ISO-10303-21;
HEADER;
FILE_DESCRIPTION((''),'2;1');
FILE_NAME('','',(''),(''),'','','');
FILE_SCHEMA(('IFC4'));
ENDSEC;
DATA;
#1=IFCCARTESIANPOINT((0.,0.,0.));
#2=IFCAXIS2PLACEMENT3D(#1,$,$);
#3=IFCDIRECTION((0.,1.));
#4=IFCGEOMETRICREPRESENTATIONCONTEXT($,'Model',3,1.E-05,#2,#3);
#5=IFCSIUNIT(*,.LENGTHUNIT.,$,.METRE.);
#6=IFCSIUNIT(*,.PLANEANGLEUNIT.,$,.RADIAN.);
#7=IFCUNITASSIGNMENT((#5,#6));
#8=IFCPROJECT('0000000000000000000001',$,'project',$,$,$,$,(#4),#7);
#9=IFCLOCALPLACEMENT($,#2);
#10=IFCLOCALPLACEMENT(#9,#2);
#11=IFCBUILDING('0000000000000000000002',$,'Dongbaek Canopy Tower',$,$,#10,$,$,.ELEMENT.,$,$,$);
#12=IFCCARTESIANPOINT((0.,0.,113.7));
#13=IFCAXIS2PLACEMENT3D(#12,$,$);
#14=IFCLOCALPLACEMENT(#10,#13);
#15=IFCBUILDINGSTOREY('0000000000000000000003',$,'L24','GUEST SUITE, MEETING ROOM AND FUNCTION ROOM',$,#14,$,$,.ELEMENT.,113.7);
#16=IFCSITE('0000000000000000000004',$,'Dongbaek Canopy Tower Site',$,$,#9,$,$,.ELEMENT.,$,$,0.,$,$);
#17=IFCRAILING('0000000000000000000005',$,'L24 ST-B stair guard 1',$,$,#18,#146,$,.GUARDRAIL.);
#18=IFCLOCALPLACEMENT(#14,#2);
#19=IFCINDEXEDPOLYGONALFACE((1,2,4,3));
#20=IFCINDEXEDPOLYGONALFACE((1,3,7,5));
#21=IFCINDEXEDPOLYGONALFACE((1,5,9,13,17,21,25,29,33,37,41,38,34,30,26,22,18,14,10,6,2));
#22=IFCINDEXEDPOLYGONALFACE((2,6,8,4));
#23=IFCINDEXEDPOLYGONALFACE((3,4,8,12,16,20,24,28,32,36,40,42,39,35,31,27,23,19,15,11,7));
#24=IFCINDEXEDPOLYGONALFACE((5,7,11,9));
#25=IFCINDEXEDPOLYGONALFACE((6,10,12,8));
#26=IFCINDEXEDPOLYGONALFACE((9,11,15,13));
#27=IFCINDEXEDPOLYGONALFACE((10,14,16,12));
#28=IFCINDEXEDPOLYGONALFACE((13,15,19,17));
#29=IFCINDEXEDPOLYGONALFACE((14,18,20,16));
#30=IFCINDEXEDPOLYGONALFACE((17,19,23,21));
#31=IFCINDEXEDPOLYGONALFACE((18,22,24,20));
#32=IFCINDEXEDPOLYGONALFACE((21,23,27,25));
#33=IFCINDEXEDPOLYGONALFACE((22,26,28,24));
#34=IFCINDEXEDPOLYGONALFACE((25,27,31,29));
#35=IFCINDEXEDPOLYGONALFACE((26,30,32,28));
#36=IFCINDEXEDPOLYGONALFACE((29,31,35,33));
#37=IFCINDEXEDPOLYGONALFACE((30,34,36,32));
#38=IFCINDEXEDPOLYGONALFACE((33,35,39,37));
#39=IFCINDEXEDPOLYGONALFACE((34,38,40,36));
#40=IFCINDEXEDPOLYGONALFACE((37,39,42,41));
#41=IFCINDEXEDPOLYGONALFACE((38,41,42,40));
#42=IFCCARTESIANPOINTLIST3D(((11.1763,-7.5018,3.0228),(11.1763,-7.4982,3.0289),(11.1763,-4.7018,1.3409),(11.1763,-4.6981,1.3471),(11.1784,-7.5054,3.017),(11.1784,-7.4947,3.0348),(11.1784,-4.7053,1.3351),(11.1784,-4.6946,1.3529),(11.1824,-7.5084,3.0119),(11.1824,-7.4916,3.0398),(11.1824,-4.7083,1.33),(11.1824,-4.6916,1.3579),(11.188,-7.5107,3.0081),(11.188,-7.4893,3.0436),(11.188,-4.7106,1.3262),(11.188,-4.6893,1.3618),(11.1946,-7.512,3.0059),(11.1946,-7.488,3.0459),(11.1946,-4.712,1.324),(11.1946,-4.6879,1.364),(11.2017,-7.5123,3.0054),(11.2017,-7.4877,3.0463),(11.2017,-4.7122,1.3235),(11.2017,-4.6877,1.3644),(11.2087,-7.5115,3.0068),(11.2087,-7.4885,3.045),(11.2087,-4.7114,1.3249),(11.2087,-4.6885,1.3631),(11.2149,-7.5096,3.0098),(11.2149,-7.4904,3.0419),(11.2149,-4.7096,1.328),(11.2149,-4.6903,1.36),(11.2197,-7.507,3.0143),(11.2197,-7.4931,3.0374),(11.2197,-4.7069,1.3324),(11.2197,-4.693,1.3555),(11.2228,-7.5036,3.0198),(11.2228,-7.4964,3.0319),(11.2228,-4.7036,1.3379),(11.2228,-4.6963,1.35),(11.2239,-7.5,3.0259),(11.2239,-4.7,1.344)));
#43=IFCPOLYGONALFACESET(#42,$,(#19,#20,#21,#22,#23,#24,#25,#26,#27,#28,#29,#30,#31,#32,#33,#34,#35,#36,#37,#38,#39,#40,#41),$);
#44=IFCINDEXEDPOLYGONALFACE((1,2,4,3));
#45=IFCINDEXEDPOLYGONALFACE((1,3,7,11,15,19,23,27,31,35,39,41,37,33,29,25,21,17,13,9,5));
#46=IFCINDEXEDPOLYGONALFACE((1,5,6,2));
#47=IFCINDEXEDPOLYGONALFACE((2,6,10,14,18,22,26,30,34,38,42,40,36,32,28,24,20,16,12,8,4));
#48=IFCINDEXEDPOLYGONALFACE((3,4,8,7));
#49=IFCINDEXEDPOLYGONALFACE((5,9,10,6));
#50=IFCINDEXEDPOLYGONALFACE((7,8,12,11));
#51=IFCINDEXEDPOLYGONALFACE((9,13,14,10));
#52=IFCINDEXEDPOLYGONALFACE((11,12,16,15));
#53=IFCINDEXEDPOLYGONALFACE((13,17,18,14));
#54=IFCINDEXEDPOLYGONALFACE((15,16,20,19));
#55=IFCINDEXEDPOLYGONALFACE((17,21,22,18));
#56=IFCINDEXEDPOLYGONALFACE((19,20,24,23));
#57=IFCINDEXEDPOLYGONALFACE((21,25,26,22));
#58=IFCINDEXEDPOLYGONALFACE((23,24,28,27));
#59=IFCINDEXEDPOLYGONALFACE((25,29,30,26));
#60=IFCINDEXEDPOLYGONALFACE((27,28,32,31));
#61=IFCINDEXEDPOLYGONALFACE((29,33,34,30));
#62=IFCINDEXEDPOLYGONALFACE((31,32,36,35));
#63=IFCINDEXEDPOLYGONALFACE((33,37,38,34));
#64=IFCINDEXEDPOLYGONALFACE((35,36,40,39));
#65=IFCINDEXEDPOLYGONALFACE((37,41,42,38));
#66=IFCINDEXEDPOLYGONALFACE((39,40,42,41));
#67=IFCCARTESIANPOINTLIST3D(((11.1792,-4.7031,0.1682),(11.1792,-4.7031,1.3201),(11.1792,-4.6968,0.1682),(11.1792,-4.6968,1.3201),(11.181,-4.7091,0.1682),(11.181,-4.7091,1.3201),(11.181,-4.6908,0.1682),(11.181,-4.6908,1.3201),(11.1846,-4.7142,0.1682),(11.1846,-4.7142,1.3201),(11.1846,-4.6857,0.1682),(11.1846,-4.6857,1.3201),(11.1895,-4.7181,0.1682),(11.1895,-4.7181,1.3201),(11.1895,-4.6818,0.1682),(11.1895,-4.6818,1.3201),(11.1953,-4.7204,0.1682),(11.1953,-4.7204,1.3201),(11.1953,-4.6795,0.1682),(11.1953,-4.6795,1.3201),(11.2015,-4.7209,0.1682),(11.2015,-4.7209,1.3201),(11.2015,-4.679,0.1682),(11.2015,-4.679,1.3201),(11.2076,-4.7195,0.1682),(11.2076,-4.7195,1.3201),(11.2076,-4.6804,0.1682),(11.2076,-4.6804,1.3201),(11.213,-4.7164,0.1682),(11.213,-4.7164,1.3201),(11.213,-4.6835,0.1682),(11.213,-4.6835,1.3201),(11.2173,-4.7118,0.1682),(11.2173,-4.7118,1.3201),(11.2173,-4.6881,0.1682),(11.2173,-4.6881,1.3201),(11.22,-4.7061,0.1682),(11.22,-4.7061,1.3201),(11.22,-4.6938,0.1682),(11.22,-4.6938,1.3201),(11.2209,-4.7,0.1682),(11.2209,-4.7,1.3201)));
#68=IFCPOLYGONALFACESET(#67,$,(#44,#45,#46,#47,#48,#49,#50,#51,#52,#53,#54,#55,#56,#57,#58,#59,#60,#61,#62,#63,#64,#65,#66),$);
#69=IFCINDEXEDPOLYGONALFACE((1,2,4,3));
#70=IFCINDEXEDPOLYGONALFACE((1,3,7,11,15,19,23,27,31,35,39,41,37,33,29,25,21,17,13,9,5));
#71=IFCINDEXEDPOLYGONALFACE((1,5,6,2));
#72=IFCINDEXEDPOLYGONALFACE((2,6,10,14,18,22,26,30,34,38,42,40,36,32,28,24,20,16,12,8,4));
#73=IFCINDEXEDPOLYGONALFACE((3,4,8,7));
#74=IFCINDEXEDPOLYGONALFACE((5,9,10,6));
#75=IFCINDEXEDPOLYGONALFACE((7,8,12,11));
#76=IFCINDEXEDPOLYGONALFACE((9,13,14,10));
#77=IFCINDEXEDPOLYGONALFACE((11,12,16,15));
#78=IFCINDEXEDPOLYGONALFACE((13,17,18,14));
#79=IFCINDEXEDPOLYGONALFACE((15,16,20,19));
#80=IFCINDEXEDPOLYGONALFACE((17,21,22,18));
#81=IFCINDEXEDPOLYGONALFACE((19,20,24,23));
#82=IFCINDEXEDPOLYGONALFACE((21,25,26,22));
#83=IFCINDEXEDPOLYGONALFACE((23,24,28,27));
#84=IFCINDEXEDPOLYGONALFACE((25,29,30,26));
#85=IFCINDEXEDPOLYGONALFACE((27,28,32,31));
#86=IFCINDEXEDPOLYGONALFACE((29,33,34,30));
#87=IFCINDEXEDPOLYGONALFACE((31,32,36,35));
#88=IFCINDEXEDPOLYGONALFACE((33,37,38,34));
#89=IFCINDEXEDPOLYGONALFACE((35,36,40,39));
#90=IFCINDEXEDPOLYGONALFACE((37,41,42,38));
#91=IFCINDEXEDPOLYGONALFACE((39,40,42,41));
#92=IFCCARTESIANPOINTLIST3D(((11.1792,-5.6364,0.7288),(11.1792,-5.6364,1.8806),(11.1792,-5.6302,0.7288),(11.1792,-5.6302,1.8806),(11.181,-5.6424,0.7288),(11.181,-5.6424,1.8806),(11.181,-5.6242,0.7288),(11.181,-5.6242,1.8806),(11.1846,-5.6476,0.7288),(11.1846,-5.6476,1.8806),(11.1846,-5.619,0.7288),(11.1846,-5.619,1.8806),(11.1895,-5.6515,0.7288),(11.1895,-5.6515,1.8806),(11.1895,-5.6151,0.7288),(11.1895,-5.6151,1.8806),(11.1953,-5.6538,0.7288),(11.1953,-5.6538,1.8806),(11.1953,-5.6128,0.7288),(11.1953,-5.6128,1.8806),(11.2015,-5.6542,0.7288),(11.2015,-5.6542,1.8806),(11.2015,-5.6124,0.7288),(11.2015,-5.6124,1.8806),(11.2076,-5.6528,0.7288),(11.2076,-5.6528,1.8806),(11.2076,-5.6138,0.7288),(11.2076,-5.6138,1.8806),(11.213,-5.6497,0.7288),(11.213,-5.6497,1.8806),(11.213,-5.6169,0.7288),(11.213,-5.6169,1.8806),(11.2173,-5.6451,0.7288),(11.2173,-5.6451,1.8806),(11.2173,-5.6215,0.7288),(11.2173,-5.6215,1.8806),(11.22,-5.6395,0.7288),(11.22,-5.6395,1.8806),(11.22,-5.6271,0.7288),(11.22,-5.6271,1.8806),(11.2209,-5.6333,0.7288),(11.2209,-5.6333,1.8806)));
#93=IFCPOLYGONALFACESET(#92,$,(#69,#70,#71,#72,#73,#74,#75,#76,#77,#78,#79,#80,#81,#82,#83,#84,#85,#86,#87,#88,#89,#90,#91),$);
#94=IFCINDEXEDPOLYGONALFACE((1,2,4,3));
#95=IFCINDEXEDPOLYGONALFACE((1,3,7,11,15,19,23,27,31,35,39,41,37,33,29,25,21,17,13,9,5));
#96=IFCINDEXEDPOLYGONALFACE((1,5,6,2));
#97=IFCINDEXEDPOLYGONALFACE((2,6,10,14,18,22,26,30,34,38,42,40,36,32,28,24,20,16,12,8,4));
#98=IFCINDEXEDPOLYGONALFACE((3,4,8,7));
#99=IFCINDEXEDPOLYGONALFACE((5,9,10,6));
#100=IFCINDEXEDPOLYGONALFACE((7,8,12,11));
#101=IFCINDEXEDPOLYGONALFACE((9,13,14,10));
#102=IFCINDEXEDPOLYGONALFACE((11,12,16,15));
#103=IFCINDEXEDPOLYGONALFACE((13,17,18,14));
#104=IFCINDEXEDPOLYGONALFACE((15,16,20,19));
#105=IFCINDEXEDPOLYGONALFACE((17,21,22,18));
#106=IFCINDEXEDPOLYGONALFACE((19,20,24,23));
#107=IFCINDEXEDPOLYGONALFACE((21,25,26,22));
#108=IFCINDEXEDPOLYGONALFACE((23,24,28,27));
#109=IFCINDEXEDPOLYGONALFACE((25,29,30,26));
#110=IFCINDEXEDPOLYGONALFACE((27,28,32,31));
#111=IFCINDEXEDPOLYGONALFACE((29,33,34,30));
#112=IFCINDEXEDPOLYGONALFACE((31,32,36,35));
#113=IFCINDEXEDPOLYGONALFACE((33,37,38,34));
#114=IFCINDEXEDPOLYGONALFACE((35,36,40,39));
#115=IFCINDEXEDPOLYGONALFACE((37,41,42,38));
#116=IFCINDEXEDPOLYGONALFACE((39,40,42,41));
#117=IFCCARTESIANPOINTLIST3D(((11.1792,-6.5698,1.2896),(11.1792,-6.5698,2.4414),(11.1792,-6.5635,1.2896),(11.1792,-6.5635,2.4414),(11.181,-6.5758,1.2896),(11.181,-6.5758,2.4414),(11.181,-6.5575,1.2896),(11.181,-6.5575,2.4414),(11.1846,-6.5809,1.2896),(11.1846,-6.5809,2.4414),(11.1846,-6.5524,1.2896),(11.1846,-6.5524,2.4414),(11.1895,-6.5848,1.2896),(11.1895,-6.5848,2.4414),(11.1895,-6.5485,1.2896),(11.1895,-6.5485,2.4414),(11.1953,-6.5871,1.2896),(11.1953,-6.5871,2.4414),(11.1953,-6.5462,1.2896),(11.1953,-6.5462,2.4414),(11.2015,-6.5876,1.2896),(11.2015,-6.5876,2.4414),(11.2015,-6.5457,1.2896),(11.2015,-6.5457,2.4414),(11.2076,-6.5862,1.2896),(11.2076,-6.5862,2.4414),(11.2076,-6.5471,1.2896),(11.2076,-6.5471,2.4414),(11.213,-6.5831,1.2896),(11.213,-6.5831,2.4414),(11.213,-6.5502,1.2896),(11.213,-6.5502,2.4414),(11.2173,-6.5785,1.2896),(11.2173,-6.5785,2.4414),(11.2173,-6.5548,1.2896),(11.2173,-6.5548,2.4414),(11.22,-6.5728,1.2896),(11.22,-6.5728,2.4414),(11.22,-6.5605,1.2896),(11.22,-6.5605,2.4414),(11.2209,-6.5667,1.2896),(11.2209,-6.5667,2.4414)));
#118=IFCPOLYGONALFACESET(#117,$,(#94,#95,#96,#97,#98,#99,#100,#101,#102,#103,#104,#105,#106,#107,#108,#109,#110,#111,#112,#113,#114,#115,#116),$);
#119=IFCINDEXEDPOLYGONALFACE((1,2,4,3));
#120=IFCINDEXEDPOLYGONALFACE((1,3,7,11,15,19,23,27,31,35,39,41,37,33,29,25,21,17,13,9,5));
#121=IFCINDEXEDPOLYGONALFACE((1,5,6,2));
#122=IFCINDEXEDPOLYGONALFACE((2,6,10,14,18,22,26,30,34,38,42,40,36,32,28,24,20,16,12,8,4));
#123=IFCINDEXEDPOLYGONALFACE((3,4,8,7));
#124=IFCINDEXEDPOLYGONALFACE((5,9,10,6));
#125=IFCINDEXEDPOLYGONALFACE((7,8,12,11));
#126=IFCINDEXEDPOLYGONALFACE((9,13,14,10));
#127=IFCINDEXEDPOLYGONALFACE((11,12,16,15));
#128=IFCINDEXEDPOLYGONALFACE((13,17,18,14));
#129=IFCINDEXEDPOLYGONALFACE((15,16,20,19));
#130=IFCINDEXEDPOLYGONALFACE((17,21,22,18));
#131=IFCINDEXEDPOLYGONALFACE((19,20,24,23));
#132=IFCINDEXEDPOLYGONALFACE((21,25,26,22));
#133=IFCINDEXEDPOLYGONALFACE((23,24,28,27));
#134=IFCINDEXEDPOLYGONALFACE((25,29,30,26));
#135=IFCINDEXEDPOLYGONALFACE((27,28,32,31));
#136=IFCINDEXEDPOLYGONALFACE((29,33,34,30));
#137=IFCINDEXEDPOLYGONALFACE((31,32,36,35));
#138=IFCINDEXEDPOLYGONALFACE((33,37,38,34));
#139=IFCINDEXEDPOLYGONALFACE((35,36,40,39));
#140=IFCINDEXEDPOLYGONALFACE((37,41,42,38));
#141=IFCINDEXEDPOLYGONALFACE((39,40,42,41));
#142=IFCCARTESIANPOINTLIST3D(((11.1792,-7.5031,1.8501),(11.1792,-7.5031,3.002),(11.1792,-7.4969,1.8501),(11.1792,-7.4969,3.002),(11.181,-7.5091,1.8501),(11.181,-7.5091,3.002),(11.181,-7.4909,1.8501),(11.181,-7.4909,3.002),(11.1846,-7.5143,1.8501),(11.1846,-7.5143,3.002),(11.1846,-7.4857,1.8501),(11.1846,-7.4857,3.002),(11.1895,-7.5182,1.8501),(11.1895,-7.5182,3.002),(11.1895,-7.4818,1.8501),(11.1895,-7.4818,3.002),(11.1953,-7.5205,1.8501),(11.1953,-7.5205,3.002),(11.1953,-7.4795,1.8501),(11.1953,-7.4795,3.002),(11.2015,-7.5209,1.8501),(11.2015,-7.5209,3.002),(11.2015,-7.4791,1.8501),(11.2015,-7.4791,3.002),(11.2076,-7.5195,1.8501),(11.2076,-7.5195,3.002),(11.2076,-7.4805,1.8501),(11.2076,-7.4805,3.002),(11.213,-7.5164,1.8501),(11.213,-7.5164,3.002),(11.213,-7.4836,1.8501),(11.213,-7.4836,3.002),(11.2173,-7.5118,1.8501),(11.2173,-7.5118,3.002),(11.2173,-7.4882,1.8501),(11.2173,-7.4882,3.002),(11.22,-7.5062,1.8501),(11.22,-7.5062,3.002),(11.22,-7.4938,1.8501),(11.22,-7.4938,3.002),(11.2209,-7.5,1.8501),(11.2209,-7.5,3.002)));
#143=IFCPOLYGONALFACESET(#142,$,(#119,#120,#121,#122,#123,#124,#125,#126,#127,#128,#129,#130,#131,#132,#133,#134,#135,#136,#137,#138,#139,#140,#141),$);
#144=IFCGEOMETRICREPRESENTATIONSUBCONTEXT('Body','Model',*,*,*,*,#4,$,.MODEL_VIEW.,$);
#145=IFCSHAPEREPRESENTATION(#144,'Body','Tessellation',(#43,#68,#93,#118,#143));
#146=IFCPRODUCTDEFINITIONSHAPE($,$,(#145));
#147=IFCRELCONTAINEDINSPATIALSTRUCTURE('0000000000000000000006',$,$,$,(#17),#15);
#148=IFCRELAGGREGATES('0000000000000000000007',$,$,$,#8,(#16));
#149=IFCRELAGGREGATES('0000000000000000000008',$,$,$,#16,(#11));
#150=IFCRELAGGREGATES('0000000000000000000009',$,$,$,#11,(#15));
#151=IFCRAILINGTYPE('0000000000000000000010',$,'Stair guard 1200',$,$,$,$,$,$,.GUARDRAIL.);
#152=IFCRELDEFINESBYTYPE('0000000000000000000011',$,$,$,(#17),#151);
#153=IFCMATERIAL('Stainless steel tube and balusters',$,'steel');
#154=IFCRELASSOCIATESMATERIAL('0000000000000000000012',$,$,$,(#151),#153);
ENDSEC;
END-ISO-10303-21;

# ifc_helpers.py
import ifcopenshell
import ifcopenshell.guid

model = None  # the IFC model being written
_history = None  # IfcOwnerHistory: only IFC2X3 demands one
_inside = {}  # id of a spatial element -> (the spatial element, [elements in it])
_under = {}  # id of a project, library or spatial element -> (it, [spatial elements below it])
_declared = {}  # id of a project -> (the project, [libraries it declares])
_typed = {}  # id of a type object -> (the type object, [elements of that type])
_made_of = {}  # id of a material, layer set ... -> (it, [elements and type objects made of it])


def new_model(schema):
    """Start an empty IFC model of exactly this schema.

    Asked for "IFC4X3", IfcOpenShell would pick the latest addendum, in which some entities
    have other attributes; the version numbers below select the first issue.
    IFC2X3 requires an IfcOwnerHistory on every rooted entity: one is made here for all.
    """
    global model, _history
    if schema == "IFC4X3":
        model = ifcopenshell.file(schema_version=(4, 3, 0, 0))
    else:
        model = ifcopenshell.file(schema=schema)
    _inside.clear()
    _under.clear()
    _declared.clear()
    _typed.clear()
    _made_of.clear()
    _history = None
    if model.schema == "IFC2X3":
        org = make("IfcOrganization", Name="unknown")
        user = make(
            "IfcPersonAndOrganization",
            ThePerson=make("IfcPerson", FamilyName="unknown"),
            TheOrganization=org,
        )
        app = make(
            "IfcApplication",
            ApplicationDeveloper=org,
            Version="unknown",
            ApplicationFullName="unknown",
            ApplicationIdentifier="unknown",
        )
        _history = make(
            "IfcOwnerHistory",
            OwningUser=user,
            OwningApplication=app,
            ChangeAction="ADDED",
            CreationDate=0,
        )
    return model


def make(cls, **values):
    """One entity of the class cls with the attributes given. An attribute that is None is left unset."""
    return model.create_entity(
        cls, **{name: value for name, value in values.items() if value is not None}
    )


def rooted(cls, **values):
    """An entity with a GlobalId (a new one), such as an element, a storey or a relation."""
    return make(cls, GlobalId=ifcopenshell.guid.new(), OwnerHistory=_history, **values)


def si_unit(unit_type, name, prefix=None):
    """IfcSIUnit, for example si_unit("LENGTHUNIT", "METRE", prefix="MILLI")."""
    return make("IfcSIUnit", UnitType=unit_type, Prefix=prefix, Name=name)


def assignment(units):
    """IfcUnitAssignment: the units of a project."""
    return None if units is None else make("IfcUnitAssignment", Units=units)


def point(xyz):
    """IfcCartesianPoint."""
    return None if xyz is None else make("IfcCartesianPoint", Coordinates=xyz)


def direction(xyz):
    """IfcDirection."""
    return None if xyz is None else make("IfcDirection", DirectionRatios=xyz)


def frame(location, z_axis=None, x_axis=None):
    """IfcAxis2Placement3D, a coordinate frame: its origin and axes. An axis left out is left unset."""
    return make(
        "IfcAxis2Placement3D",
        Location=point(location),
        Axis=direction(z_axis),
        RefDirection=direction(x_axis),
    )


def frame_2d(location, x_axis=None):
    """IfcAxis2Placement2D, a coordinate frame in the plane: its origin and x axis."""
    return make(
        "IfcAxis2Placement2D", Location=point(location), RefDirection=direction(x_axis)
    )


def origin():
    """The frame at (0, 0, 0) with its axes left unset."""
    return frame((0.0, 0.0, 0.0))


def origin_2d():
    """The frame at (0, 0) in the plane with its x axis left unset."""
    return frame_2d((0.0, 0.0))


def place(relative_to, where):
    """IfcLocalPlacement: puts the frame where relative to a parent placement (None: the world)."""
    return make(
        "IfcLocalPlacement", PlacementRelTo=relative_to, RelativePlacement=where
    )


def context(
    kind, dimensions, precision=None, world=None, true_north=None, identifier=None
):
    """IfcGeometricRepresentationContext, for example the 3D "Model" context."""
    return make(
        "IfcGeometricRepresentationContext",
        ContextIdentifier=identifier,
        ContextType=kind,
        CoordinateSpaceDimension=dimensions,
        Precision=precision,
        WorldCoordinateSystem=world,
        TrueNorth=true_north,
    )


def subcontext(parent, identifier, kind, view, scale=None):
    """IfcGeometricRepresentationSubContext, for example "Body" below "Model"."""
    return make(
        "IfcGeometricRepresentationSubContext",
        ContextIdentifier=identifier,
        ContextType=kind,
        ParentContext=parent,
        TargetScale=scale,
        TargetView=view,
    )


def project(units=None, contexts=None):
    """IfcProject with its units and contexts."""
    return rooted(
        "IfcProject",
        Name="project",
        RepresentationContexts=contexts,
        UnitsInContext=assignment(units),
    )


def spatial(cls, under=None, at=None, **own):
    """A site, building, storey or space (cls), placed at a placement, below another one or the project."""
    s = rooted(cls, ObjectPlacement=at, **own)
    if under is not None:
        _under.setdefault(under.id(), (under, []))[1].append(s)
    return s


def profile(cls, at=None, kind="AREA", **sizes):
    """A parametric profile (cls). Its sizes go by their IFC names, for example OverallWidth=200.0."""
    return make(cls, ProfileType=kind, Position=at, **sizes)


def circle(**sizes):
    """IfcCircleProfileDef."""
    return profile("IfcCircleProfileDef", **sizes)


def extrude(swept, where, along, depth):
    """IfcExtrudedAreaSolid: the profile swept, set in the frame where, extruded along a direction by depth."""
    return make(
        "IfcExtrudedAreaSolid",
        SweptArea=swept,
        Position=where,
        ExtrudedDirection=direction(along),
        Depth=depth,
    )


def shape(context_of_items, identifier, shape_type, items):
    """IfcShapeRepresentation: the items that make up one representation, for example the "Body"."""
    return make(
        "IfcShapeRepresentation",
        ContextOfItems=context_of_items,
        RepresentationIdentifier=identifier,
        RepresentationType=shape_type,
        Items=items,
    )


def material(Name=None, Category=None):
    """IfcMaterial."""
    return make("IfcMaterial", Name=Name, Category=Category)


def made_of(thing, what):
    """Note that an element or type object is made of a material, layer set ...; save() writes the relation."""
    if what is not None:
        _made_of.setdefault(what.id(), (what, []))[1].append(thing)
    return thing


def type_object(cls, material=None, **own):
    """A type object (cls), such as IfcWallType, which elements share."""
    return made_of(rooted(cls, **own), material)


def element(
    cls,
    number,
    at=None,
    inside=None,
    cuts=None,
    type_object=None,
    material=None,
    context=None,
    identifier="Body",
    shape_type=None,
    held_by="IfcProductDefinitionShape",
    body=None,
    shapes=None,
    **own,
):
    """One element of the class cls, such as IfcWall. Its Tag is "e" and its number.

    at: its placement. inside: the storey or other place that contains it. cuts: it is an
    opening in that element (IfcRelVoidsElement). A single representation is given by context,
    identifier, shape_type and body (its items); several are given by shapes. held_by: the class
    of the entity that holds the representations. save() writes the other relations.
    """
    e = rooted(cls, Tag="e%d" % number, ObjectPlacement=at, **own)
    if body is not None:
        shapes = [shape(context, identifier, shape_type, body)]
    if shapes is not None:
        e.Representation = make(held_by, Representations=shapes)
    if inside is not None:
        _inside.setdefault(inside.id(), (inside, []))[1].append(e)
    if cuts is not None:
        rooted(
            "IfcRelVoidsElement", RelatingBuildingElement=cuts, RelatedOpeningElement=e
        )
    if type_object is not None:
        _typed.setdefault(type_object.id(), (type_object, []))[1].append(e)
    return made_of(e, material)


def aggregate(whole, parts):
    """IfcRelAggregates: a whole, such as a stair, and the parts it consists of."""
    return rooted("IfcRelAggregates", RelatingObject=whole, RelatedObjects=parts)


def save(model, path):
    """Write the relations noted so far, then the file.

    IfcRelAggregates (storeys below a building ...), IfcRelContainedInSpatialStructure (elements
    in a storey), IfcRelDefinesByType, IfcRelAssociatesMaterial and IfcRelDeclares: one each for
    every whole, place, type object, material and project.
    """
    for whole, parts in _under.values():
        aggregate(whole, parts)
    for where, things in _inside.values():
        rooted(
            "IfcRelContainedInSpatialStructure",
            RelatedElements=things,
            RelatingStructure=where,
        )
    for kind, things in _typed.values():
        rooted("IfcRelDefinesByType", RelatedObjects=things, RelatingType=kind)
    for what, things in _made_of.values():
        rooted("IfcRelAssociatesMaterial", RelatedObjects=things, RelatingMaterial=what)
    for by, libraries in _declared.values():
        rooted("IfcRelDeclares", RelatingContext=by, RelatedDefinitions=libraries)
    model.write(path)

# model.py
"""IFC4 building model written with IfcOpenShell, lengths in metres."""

from ifc_helpers import new_model, si_unit, direction, frame, origin, origin_2d, place, context, subcontext, project, spatial, circle, extrude, material, type_object, element, save


model = new_model("IFC4")

# Units and contexts
model_context = context("Model", 3, precision=1e-05, world=origin(), true_north=direction((0.0, 1.0)))
body_context = subcontext(model_context, "Body", "Model", "MODEL_VIEW")
ifc_project = project(units=[si_unit("LENGTHUNIT", "METRE"), si_unit("PLANEANGLEUNIT", "RADIAN")], contexts=[model_context])

# Site, building, storey
site_placement = place(None, origin())
site = spatial("IfcSite", under=ifc_project, at=site_placement, Name="Dongbaek Canopy Tower Site", CompositionType="ELEMENT", RefElevation=0.0)
building_placement = place(site_placement, origin())
building = spatial("IfcBuilding", under=site, at=building_placement, Name="Dongbaek Canopy Tower", CompositionType="ELEMENT")
storey_placement = place(building_placement, frame((0.0, 0.0, 113.7)))
storey = spatial("IfcBuildingStorey", under=building, at=storey_placement, Name="L24", Description="GUEST SUITE, MEETING ROOM AND FUNCTION ROOM", CompositionType="ELEMENT", Elevation=113.7)

# Railing
ifc_material_1 = material(Name="Stainless steel tube and balusters", Category="steel")
railing_type_1 = type_object("IfcRailingType", Name="Stair guard 1200", PredefinedType="GUARDRAIL", material=ifc_material_1)
railing_1_placement = place(storey_placement, frame((11.2, -4.7, 0.1682)))
element("IfcRailing", 1, at=railing_1_placement, inside=storey, type_object=railing_type_1, Name="L24 ST-B stair guard 1", PredefinedType="GUARDRAIL", context=body_context, shape_type="SweptSolid", body=[
    extrude(circle(Radius=0.0239, at=origin_2d()), frame((0.0, 0.0, 1.1758), z_axis=(0.0, -0.857242, 0.514913), x_axis=(1.0, 0.0, 0.0)), (0.0, 0.0, 1.0), 3.2664),
    extrude(circle(Radius=0.021, at=origin_2d()), origin(), (0.0, 0.0, 1.0), 1.1519),
    extrude(circle(Radius=0.021, at=origin_2d()), frame((0.0, -0.9333, 0.5605)), (0.0, 0.0, 1.0), 1.1519),
    extrude(circle(Radius=0.021, at=origin_2d()), frame((0.0, -1.8667, 1.1213)), (0.0, 0.0, 1.0), 1.1519),
    extrude(circle(Radius=0.021, at=origin_2d()), frame((0.0, -2.8, 1.6819)), (0.0, 0.0, 1.0), 1.1519),
])

save(model, "model.ifc")
